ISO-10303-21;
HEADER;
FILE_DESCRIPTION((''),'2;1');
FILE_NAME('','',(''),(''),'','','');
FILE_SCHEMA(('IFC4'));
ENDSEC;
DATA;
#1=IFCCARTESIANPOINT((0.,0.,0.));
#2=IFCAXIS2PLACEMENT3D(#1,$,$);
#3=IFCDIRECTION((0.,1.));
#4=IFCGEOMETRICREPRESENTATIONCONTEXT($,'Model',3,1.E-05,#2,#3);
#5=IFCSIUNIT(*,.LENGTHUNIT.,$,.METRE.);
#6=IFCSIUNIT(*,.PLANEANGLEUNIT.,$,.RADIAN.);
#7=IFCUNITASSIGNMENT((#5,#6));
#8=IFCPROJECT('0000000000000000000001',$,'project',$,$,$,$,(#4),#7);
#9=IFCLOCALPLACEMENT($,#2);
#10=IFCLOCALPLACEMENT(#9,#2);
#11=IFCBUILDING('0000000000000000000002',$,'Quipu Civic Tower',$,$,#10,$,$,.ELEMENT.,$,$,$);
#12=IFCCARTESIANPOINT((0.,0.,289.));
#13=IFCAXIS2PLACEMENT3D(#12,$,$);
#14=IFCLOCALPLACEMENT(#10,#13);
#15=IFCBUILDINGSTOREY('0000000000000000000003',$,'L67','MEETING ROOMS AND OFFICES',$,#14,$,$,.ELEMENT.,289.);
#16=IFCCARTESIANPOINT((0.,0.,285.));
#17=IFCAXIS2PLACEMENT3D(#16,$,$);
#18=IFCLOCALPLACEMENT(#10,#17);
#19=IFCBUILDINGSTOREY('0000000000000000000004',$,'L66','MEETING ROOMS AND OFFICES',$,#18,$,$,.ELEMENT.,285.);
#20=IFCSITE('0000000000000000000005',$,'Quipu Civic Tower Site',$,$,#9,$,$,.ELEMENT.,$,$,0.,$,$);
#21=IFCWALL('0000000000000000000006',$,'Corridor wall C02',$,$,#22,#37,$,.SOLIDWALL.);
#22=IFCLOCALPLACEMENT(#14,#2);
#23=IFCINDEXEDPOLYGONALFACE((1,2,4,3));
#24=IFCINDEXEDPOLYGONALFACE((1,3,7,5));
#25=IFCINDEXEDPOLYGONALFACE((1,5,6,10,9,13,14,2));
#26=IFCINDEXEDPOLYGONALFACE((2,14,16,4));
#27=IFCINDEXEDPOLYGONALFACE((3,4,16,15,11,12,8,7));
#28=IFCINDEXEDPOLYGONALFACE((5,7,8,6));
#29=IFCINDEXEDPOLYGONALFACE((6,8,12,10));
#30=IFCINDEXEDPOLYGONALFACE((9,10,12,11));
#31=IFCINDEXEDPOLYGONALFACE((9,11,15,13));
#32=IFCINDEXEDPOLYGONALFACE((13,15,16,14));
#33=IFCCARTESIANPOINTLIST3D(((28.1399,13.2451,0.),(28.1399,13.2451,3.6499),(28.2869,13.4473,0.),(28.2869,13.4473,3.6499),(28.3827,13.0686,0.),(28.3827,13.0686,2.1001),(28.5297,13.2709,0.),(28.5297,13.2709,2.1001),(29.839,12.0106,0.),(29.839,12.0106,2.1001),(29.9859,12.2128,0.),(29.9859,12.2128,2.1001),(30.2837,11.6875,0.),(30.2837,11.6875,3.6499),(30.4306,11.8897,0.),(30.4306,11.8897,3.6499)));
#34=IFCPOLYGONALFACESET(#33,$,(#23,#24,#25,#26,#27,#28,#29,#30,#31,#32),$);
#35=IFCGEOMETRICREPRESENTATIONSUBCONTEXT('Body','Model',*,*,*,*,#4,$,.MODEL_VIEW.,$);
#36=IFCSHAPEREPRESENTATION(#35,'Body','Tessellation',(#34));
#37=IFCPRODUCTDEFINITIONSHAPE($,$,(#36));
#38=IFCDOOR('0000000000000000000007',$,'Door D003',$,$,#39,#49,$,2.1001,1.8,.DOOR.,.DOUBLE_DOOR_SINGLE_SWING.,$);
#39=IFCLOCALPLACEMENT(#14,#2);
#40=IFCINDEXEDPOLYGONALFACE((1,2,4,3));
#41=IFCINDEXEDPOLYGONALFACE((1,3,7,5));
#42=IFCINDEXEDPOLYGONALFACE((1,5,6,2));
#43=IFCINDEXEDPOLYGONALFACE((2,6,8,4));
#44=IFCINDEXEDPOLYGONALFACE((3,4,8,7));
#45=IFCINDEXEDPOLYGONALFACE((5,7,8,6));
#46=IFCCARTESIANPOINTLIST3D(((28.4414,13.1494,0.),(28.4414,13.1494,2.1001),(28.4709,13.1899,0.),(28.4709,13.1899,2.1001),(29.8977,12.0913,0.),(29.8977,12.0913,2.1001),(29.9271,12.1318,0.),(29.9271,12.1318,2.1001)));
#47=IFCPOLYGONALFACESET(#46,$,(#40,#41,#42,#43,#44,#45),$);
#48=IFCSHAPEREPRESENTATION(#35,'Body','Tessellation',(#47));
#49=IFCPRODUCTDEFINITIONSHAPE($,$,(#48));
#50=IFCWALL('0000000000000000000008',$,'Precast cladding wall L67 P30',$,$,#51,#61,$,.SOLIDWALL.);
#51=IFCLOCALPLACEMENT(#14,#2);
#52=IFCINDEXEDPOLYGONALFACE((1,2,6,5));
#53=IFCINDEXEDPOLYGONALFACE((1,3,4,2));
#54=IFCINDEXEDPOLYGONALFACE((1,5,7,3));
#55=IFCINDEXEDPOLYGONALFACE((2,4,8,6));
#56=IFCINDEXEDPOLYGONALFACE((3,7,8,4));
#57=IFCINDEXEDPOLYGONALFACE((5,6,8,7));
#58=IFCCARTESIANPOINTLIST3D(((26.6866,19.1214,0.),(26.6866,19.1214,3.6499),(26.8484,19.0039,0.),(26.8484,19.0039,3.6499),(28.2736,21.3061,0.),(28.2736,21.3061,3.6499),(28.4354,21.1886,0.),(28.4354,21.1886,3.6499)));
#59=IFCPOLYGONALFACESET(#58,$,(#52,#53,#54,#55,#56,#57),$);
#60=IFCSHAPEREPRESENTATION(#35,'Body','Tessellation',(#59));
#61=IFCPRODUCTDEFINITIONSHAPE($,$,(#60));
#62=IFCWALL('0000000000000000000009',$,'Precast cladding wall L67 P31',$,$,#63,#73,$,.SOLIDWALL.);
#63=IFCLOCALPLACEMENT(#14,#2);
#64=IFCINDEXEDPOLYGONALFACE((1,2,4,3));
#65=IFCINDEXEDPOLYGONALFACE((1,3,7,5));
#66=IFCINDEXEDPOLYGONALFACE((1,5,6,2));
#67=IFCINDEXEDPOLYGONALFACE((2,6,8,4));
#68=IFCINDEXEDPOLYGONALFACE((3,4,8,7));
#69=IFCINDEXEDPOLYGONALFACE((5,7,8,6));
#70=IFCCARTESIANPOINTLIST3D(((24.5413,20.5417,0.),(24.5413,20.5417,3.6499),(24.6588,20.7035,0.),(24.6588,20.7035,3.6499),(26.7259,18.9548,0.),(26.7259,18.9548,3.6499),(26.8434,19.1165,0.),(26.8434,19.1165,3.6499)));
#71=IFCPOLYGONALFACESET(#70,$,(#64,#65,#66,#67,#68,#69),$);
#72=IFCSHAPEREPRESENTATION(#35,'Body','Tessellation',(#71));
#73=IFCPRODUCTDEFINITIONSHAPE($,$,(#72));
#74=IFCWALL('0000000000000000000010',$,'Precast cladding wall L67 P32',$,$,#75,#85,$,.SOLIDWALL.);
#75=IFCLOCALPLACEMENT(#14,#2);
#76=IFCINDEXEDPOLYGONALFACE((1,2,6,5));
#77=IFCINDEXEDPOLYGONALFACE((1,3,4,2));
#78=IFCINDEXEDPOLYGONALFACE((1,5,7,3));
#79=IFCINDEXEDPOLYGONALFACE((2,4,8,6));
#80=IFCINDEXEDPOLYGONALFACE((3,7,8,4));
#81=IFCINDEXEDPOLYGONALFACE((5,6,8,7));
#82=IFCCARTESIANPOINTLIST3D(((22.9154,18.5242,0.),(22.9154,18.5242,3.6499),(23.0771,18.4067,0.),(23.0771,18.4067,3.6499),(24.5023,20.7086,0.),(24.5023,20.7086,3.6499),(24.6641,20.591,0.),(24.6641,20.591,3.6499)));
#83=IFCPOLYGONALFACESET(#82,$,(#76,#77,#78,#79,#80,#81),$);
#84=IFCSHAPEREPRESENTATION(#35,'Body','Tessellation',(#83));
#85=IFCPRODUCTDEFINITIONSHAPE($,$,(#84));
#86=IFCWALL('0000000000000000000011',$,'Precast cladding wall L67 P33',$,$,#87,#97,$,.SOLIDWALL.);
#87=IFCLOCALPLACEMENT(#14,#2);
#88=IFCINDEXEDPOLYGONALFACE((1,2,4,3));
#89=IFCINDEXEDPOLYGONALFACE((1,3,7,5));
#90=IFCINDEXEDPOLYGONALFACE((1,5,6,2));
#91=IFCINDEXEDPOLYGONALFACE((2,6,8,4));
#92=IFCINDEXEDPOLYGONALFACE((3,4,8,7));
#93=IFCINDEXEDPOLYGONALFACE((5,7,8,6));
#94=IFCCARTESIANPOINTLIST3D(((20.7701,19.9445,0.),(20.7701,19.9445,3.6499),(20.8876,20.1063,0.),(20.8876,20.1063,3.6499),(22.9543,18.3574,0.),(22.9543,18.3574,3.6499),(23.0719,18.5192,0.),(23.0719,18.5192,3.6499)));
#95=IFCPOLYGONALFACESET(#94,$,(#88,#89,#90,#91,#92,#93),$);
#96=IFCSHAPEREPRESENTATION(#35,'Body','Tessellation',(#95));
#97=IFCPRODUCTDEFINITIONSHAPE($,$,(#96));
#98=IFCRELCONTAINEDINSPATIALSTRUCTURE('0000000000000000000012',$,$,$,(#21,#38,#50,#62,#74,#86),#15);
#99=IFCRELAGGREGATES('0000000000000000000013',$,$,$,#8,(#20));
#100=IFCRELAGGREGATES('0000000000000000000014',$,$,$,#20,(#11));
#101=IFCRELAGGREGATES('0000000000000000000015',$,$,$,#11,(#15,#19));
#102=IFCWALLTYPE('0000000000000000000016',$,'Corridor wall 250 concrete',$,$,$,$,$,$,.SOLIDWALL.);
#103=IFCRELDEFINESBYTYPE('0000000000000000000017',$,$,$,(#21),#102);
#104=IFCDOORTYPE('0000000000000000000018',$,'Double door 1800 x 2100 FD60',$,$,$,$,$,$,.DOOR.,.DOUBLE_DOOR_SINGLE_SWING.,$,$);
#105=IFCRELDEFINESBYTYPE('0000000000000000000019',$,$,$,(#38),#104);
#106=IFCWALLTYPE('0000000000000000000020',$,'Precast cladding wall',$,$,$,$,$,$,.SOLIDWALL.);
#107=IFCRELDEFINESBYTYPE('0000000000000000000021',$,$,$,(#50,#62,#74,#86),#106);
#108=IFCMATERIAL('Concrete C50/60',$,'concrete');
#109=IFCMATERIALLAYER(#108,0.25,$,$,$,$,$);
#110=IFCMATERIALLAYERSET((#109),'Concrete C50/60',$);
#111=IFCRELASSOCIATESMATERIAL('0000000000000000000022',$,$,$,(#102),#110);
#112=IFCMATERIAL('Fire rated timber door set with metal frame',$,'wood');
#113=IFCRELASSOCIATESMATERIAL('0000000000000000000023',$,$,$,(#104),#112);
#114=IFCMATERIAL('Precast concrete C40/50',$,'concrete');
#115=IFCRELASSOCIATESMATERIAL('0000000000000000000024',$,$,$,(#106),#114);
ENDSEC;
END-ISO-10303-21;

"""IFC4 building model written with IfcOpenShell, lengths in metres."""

from ifc_helpers import new_model, si_unit, direction, frame, frame_2d, origin, place, context, subcontext, project, spatial, rectangle, extrude, material, layer, layer_set, type_object, element, fill, save


model = new_model("IFC4")

# Units and contexts
model_context = context("Model", 3, precision=1e-05, world=origin(), true_north=direction((0.0, 1.0)))
body_context = subcontext(model_context, "Body", "Model", "MODEL_VIEW")
ifc_project = project(units=[si_unit("LENGTHUNIT", "METRE"), si_unit("PLANEANGLEUNIT", "RADIAN")], contexts=[model_context])

# Site, building, storey
site_placement = place(None, origin())
site = spatial("IfcSite", under=ifc_project, at=site_placement, Name="Quipu Civic Tower Site", CompositionType="ELEMENT", RefElevation=0.0)
building_placement = place(site_placement, origin())
building = spatial("IfcBuilding", under=site, at=building_placement, Name="Quipu Civic Tower", CompositionType="ELEMENT")
storey_1_placement = place(building_placement, frame((0.0, 0.0, 289.0)))
storey_1 = spatial("IfcBuildingStorey", under=building, at=storey_1_placement, Name="L67", Description="MEETING ROOMS AND OFFICES", CompositionType="ELEMENT", Elevation=289.0)

# Shared definitions
storey_2_placement = place(building_placement, frame((0.0, 0.0, 285.0)))
storey_2 = spatial("IfcBuildingStorey", under=building, at=storey_2_placement, Name="L66", Description="MEETING ROOMS AND OFFICES", CompositionType="ELEMENT", Elevation=285.0)

# Wall, opening, door
ifc_material_1 = material(Name="Concrete C50/60", Category="concrete")
ifc_layer_1 = layer(ifc_material_1, 0.25)
ifc_layer_set_1 = layer_set([ifc_layer_1], Name="Concrete C50/60")
wall_type_1 = type_object("IfcWallType", Name="Corridor wall 250 concrete", PredefinedType="SOLIDWALL", material=ifc_layer_set_1)
wall_1_placement = place(storey_1_placement, frame((28.2134, 13.3462, 0.0), z_axis=(0.0, 0.0, 1.0), x_axis=(0.809007, -0.587799, 0.0)))
wall_1 = element("IfcWall", 1, at=wall_1_placement, inside=storey_1, type_object=wall_type_1, Name="Corridor wall C02", PredefinedType="SOLIDWALL", context=body_context, shape_type="SweptSolid", body=[
    extrude(rectangle(XDim=2.6499, YDim=0.25, at=frame_2d((1.325, 0.0))), origin(), (0.0, 0.0, 1.0), 3.6499),
])
opening_placement = place(wall_1_placement, frame((0.3003, 0.0, 0.0)))
opening = element("IfcOpeningElement", 2, at=opening_placement, cuts=wall_1, PredefinedType="OPENING", context=body_context, shape_type="SweptSolid", body=[
    extrude(rectangle(XDim=1.8, YDim=2.1001, at=frame_2d((0.8999, 1.05))), frame((0.0, 0.135, 0.0), z_axis=(0.0, -1.0, 0.0), x_axis=(1.0, 0.0, 0.0)), (0.0, 0.0, 1.0), 0.27),
])
ifc_material_2 = material(Name="Fire rated timber door set with metal frame", Category="wood")
door_type = type_object("IfcDoorType", Name="Double door 1800 x 2100 FD60", OperationType="DOUBLE_DOOR_SINGLE_SWING", PredefinedType="DOOR", material=ifc_material_2)
door_placement = place(opening_placement, origin())
door = element("IfcDoor", 3, at=door_placement, inside=storey_1, type_object=door_type, Name="Door D003", OperationType="DOUBLE_DOOR_SINGLE_SWING", OverallHeight=2.1001, OverallWidth=1.8, PredefinedType="DOOR", context=body_context, shape_type="SweptSolid", body=[
    extrude(rectangle(XDim=1.8, YDim=2.1001, at=frame_2d((0.8999, 1.05))), frame((0.0, 0.0249, 0.0), z_axis=(0.0, -1.0, 0.0), x_axis=(1.0, 0.0, 0.0)), (0.0, 0.0, 1.0), 0.05),
])
fill(opening, door)

# Walls
ifc_material_3 = material(Name="Precast concrete C40/50", Category="concrete")
wall_type_2 = type_object("IfcWallType", Name="Precast cladding wall", PredefinedType="SOLIDWALL", material=ifc_material_3)
for number, where, z_axis, x_axis, name in (
    (4, (28.3545, 21.2473, 0.0), (0.0, 0.0, 1.0), (-0.58772, -0.809064, 0.0), "Precast cladding wall L67 P30"),
    (5, (26.7847, 19.0356, 0.0), (0.0, 0.0, 1.0), (-0.809064, 0.58772, 0.0), "Precast cladding wall L67 P31"),
):
    element("IfcWall", number, at=place(storey_1_placement, frame(where, z_axis=z_axis, x_axis=x_axis)), inside=storey_1, type_object=wall_type_2, Name=name, PredefinedType="SOLIDWALL", context=body_context, shape_type="SweptSolid", body=[
        extrude(rectangle(XDim=2.7002, YDim=0.2, at=frame_2d((1.3501, 0.0))), origin(), (0.0, 0.0, 1.0), 3.6499),
    ])
for number, where, z_axis, x_axis, name in (
    (6, (24.5833, 20.6499, 0.0), (0.0, 0.0, 1.0), (-0.587763, -0.809033, 0.0), "Precast cladding wall L67 P32"),
    (7, (23.0132, 18.4382, 0.0), (0.0, 0.0, 1.0), (-0.80899, 0.587822, 0.0), "Precast cladding wall L67 P33"),
):
    element("IfcWall", number, at=place(storey_1_placement, frame(where, z_axis=z_axis, x_axis=x_axis)), inside=storey_1, type_object=wall_type_2, Name=name, PredefinedType="SOLIDWALL", context=body_context, shape_type="SweptSolid", body=[
        extrude(rectangle(XDim=2.7, YDim=0.2, at=frame_2d((1.3501, 0.0))), origin(), (0.0, 0.0, 1.0), 3.6499),
    ])

save(model, "model.ifc")
